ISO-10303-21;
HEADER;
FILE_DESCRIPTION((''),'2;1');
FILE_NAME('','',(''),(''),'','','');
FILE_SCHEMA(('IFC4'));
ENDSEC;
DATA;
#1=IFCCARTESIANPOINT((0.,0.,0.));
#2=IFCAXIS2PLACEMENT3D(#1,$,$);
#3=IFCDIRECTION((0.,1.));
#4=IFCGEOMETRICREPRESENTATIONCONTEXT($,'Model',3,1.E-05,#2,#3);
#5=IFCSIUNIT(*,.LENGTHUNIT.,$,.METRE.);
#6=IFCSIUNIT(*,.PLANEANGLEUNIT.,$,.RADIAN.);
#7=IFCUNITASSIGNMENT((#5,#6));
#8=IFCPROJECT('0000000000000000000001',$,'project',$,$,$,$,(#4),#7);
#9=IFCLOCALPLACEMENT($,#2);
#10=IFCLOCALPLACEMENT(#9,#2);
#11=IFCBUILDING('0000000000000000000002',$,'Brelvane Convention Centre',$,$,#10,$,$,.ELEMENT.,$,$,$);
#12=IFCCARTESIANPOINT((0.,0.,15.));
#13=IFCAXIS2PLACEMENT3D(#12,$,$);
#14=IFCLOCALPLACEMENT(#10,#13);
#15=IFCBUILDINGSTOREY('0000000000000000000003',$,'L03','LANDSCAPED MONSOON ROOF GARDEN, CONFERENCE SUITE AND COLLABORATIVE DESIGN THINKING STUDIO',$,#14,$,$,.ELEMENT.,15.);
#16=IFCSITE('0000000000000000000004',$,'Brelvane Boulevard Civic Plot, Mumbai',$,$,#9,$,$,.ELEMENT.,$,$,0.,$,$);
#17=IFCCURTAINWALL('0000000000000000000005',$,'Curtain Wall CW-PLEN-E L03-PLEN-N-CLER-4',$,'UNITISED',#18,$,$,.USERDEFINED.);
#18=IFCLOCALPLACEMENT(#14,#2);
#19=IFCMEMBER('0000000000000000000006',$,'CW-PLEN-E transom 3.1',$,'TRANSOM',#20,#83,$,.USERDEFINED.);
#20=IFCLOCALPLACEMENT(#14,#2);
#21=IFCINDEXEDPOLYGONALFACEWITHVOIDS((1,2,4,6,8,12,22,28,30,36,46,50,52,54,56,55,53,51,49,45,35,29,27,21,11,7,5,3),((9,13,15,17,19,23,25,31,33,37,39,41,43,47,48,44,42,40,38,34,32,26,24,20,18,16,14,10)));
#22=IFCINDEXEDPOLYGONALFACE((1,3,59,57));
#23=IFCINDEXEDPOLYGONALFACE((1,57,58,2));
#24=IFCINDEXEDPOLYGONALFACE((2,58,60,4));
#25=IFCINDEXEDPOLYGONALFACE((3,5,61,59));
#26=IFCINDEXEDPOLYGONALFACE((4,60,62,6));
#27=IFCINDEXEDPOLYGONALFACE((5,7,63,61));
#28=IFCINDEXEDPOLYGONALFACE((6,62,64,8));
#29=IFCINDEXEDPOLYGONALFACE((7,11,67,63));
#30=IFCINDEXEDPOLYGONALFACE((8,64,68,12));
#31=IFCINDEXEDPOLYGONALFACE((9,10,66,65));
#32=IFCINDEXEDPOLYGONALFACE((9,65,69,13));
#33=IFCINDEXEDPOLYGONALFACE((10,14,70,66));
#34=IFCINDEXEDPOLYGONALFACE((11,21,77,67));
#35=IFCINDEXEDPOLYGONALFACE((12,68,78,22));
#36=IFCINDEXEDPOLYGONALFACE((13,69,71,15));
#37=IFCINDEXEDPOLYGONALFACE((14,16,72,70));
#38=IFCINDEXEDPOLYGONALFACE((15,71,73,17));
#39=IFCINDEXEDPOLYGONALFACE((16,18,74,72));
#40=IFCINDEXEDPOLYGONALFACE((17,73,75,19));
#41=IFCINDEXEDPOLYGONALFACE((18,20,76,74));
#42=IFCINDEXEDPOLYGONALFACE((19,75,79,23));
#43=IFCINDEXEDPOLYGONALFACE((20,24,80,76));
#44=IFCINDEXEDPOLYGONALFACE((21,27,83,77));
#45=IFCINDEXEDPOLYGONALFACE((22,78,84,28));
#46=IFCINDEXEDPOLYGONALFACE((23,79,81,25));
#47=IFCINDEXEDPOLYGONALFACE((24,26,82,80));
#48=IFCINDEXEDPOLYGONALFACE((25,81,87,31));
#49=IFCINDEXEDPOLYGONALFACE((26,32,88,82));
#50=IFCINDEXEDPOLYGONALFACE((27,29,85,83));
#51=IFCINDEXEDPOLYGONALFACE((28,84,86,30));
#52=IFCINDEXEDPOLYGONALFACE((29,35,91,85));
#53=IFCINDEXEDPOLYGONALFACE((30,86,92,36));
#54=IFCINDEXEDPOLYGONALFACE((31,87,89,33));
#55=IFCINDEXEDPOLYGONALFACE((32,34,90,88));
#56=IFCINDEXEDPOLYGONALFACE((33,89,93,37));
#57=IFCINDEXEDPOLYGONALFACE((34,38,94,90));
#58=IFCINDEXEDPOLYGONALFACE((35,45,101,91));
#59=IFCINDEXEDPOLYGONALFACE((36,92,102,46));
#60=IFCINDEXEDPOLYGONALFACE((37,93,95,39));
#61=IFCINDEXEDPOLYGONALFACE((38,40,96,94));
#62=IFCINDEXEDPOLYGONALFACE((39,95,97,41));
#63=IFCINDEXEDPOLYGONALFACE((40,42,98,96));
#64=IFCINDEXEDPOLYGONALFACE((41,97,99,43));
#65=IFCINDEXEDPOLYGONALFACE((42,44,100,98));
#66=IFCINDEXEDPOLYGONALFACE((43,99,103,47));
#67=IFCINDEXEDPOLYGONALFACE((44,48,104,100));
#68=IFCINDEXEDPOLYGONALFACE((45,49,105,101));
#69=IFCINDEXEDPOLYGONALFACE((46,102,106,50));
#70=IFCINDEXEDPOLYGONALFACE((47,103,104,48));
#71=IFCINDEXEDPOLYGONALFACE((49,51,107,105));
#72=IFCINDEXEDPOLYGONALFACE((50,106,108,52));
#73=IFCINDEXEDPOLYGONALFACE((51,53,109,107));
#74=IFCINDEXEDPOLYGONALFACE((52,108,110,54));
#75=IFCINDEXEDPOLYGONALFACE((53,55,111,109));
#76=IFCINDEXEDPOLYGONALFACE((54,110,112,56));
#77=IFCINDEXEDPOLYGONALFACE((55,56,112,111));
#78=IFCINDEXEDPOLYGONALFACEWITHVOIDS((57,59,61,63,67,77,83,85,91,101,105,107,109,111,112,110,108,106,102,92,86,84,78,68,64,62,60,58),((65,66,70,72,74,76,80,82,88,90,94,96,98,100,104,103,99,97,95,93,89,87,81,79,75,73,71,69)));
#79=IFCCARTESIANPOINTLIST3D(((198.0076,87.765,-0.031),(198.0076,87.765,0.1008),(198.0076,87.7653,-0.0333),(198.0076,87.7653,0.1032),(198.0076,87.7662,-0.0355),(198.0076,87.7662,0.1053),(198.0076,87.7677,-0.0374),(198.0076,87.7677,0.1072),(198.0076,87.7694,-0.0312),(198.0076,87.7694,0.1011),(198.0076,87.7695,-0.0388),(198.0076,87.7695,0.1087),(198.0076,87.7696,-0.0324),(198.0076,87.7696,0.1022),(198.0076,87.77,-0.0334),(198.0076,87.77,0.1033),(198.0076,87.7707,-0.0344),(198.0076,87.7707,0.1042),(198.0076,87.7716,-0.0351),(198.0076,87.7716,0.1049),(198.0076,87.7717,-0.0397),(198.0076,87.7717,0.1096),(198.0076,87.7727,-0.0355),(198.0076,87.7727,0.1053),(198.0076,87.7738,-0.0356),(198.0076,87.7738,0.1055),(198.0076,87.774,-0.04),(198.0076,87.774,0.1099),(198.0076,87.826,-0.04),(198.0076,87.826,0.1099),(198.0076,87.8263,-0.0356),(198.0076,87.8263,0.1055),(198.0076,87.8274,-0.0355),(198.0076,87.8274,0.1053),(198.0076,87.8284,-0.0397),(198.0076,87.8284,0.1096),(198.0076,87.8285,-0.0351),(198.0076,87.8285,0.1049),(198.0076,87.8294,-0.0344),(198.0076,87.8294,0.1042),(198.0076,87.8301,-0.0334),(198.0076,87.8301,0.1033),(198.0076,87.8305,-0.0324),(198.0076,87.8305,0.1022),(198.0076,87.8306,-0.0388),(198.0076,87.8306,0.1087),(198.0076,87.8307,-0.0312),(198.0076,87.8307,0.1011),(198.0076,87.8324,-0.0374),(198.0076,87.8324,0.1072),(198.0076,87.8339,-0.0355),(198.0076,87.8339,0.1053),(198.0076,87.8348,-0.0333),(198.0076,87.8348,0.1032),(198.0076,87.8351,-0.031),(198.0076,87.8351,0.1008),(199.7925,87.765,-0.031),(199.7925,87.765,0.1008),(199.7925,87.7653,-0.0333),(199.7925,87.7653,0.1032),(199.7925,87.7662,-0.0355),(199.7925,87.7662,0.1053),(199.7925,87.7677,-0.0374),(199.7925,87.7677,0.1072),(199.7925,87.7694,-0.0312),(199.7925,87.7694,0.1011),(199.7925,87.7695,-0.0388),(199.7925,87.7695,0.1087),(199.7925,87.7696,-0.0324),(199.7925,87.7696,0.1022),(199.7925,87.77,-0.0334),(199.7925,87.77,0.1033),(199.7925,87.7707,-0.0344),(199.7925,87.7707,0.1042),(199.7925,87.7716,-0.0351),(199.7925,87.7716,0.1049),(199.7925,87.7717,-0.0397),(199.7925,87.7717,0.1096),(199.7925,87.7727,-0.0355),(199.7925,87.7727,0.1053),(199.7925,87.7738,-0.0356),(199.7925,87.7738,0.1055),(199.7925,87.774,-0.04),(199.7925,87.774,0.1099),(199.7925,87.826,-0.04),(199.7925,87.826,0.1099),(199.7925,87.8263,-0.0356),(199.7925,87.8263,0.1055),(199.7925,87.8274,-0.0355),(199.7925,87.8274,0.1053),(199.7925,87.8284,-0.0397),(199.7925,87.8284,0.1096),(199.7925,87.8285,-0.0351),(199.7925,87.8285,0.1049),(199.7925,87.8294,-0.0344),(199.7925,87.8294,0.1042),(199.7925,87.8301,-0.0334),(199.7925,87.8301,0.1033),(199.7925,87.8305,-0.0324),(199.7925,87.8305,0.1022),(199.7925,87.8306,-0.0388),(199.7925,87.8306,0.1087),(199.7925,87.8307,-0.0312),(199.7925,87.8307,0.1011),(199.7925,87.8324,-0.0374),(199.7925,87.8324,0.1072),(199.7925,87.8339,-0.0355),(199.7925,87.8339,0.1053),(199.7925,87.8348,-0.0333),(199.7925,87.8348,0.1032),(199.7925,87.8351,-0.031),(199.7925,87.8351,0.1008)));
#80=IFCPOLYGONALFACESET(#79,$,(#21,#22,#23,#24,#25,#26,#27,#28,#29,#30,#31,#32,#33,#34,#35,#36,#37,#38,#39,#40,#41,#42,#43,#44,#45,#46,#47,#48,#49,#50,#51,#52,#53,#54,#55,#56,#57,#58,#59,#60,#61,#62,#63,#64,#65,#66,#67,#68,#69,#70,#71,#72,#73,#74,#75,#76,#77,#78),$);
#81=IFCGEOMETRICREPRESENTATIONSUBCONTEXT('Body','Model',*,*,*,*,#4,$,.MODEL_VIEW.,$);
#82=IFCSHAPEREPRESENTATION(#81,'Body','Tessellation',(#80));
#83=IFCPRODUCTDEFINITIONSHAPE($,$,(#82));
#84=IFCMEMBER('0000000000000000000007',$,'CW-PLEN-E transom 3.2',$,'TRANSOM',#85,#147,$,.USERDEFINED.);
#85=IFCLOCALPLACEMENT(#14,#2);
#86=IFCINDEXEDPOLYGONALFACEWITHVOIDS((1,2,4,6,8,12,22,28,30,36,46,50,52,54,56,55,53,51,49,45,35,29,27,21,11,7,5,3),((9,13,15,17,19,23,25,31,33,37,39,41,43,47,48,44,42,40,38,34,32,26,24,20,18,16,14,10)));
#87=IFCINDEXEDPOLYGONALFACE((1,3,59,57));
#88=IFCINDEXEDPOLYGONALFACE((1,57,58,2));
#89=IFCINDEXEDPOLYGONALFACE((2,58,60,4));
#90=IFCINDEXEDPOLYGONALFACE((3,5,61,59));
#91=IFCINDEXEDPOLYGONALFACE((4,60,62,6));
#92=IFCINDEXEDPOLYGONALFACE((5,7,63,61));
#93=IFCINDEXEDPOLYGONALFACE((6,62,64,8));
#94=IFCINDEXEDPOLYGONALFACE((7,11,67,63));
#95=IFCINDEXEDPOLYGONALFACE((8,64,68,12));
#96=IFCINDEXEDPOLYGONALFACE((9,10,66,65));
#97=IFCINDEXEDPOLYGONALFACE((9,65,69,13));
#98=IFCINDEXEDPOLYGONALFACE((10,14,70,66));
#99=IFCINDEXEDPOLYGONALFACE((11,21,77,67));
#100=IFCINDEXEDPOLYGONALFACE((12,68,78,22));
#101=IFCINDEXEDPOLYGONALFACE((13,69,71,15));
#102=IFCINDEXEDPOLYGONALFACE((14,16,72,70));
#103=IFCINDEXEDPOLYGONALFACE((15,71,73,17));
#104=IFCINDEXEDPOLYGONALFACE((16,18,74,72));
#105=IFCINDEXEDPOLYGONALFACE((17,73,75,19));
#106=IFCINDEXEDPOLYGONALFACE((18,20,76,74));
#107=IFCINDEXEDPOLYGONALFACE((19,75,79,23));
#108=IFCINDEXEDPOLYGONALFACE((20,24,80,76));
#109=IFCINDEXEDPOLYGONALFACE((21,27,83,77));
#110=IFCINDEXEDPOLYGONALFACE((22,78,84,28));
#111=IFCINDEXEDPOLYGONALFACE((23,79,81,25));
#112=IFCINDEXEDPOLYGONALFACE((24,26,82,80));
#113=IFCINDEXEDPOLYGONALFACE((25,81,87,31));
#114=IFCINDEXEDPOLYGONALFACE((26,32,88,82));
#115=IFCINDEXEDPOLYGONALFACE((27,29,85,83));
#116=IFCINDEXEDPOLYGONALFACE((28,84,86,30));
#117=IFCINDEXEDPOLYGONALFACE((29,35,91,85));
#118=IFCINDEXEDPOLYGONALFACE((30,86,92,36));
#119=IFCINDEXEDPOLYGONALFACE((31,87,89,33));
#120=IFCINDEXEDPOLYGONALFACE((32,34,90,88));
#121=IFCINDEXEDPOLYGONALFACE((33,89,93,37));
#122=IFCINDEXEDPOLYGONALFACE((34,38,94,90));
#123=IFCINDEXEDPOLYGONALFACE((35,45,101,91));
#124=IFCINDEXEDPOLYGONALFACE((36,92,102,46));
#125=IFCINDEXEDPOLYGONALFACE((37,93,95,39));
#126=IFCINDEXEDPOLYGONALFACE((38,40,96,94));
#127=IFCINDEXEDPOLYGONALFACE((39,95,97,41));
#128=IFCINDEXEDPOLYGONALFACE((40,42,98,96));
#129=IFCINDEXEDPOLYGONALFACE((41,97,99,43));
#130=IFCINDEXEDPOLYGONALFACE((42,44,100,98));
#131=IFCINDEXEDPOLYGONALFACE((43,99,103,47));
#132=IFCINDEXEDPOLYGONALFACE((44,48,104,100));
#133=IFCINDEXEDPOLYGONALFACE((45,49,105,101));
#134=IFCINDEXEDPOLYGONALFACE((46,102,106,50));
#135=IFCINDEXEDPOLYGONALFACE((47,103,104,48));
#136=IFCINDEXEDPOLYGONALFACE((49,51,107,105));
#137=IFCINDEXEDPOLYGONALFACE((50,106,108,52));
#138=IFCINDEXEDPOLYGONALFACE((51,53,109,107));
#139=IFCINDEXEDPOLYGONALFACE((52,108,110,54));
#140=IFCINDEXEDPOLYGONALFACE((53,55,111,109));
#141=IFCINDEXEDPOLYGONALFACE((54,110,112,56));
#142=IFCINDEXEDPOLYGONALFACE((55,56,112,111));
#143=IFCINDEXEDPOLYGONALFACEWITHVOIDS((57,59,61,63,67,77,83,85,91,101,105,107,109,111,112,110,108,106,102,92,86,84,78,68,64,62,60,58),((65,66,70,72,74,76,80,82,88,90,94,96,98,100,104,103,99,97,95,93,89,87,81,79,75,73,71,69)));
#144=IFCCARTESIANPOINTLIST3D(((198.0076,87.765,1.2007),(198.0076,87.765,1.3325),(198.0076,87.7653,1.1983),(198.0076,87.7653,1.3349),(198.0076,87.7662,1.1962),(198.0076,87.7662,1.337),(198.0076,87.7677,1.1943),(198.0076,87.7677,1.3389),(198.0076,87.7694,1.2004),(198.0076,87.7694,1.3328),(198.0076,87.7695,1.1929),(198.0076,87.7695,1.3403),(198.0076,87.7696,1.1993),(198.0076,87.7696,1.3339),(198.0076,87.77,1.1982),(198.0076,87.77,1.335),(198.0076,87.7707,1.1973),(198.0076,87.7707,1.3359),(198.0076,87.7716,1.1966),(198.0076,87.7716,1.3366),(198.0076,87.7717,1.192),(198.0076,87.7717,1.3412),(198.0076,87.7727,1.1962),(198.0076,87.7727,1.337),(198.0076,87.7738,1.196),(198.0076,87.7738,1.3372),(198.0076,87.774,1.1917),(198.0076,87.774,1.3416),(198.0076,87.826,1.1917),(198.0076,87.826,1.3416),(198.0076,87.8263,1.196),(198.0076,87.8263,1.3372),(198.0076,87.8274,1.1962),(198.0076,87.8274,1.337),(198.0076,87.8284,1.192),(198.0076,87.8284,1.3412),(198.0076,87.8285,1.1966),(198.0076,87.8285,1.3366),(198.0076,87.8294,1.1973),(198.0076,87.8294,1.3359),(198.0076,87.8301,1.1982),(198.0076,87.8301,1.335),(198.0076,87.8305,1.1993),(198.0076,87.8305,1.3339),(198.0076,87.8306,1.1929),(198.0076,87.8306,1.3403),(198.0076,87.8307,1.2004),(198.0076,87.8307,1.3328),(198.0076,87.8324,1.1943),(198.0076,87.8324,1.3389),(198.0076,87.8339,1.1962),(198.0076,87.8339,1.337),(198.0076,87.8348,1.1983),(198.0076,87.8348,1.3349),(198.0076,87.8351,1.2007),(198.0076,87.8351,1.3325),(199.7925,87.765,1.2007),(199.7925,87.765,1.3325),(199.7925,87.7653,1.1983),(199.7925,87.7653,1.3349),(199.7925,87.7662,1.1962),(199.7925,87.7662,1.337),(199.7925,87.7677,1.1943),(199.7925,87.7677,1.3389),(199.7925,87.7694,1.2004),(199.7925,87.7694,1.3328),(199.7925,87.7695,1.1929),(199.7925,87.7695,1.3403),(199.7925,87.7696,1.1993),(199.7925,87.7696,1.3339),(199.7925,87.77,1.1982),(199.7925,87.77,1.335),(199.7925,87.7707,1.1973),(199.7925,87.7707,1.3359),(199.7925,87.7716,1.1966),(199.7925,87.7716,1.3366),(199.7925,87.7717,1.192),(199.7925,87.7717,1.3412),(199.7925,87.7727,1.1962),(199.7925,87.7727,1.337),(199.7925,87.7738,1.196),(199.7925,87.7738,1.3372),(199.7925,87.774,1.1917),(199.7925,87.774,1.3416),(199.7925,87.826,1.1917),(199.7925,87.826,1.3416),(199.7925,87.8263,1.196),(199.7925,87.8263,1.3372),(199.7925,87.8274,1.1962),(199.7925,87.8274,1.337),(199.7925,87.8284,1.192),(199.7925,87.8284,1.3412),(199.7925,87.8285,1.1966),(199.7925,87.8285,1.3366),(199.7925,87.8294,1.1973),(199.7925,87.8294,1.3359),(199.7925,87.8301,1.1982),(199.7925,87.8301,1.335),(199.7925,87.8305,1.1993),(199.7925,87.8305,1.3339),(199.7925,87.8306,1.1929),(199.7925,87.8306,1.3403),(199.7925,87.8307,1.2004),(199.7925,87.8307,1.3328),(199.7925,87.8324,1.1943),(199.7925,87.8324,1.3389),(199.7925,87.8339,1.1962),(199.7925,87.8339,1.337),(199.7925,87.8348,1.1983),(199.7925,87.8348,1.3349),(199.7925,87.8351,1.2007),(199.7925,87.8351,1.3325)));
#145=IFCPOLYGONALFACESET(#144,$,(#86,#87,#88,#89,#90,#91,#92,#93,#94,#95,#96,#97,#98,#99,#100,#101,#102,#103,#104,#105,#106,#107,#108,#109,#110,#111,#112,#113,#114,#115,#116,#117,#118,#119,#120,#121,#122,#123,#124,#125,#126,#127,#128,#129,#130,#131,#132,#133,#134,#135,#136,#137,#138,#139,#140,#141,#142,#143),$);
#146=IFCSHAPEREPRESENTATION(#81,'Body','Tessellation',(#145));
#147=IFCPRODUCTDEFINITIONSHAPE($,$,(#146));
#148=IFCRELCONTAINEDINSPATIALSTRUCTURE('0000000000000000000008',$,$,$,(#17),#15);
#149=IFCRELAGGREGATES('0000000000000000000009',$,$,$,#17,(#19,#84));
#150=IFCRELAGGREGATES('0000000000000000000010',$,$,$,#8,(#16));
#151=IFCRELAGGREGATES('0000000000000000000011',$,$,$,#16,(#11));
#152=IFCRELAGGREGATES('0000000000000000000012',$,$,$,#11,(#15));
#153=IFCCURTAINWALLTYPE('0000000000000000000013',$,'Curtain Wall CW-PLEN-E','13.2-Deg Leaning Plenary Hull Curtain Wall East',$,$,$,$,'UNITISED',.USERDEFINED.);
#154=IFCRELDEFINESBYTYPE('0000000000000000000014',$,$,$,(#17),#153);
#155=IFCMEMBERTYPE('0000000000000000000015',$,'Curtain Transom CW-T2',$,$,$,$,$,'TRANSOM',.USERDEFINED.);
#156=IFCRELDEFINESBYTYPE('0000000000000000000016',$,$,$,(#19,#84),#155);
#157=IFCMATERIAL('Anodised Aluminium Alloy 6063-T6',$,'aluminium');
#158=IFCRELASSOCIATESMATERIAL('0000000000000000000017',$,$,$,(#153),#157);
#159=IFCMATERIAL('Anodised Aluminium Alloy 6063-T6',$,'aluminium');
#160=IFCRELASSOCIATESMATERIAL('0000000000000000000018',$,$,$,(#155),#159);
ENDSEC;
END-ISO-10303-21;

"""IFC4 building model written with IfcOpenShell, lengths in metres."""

from ifc_helpers import new_model, si_unit, direction, frame, origin, origin_2d, place, context, subcontext, project, spatial, hollow_rectangle, extrude, material, material_profile, profile_set, type_object, element, aggregate, save


model = new_model("IFC4")

# Units and contexts
model_context = context("Model", 3, precision=1e-05, world=origin(), true_north=direction((0.0, 1.0)))
body_context = subcontext(model_context, "Body", "Model", "MODEL_VIEW")
ifc_project = project(units=[si_unit("LENGTHUNIT", "METRE"), si_unit("PLANEANGLEUNIT", "RADIAN")], contexts=[model_context])

# Site, building, storey
site_placement = place(None, origin())
site = spatial("IfcSite", under=ifc_project, at=site_placement, Name="Brelvane Boulevard Civic Plot, Mumbai", CompositionType="ELEMENT", RefElevation=0.0)
building_placement = place(site_placement, origin())
building = spatial("IfcBuilding", under=site, at=building_placement, Name="Brelvane Convention Centre", CompositionType="ELEMENT")
storey_placement = place(building_placement, frame((0.0, 0.0, 15.0)))
storey = spatial("IfcBuildingStorey", under=building, at=storey_placement, Name="L03", Description="LANDSCAPED MONSOON ROOF GARDEN, CONFERENCE SUITE AND COLLABORATIVE DESIGN THINKING STUDIO", CompositionType="ELEMENT", Elevation=15.0)

# Shared definitions
ifc_material_1 = material(Name="Anodised Aluminium Alloy 6063-T6", Category="aluminium")
curtain_wall_type = type_object("IfcCurtainWallType", Name="Curtain Wall CW-PLEN-E", Description="13.2-Deg Leaning Plenary Hull Curtain Wall East", ElementType="UNITISED", PredefinedType="USERDEFINED", material=ifc_material_1)

# Curtain wall
curtain_wall_1_placement = place(storey_placement, origin())
curtain_wall_1 = element("IfcCurtainWall", 1, at=curtain_wall_1_placement, inside=storey, type_object=curtain_wall_type, Name="Curtain Wall CW-PLEN-E L03-PLEN-N-CLER-4", ObjectType="UNITISED", PredefinedType="USERDEFINED")

# Members
ifc_material_2 = material(Name="Anodised Aluminium Alloy 6063-T6", Category="aluminium")
ifc_material_profile_1 = material_profile(ifc_material_2, hollow_rectangle(XDim=0.0701, YDim=0.1499, WallThickness=0.0044, InnerFilletRadius=0.0044, OuterFilletRadius=0.009, at=origin_2d()), Name="ALU-T 150x70x4.5")
ifc_profile_set_1 = profile_set([ifc_material_profile_1], Name="Anodised Aluminium Alloy 6063-T6")
member_type_1 = type_object("IfcMemberType", Name="Curtain Transom CW-T2", ElementType="TRANSOM", PredefinedType="USERDEFINED", material=ifc_profile_set_1)
member_1_placement = place(storey_placement, frame((198.0076, 87.8, 0.0349), z_axis=(1.0, 0.0, 0.0), x_axis=(0.0, 1.0, 0.0)))
member_1 = element("IfcMember", 2, at=member_1_placement, type_object=member_type_1, Name="CW-PLEN-E transom 3.1", ObjectType="TRANSOM", PredefinedType="USERDEFINED", context=body_context, shape_type="SweptSolid", body=[
    extrude(hollow_rectangle(XDim=0.0701, YDim=0.1499, WallThickness=0.0044, InnerFilletRadius=0.0044, OuterFilletRadius=0.009, at=origin_2d()), origin(), (0.0, 0.0, 1.0), 1.7849),
])
member_2_placement = place(storey_placement, frame((198.0076, 87.8, 1.2666), z_axis=(1.0, 0.0, 0.0), x_axis=(0.0, 1.0, 0.0)))
member_2 = element("IfcMember", 3, at=member_2_placement, type_object=member_type_1, Name="CW-PLEN-E transom 3.2", ObjectType="TRANSOM", PredefinedType="USERDEFINED", context=body_context, shape_type="SweptSolid", body=[
    extrude(hollow_rectangle(XDim=0.0701, YDim=0.1499, WallThickness=0.0044, InnerFilletRadius=0.0044, OuterFilletRadius=0.009, at=origin_2d()), origin(), (0.0, 0.0, 1.0), 1.7849),
])

aggregate(curtain_wall_1, [member_1, member_2])

save(model, "model.ifc")
